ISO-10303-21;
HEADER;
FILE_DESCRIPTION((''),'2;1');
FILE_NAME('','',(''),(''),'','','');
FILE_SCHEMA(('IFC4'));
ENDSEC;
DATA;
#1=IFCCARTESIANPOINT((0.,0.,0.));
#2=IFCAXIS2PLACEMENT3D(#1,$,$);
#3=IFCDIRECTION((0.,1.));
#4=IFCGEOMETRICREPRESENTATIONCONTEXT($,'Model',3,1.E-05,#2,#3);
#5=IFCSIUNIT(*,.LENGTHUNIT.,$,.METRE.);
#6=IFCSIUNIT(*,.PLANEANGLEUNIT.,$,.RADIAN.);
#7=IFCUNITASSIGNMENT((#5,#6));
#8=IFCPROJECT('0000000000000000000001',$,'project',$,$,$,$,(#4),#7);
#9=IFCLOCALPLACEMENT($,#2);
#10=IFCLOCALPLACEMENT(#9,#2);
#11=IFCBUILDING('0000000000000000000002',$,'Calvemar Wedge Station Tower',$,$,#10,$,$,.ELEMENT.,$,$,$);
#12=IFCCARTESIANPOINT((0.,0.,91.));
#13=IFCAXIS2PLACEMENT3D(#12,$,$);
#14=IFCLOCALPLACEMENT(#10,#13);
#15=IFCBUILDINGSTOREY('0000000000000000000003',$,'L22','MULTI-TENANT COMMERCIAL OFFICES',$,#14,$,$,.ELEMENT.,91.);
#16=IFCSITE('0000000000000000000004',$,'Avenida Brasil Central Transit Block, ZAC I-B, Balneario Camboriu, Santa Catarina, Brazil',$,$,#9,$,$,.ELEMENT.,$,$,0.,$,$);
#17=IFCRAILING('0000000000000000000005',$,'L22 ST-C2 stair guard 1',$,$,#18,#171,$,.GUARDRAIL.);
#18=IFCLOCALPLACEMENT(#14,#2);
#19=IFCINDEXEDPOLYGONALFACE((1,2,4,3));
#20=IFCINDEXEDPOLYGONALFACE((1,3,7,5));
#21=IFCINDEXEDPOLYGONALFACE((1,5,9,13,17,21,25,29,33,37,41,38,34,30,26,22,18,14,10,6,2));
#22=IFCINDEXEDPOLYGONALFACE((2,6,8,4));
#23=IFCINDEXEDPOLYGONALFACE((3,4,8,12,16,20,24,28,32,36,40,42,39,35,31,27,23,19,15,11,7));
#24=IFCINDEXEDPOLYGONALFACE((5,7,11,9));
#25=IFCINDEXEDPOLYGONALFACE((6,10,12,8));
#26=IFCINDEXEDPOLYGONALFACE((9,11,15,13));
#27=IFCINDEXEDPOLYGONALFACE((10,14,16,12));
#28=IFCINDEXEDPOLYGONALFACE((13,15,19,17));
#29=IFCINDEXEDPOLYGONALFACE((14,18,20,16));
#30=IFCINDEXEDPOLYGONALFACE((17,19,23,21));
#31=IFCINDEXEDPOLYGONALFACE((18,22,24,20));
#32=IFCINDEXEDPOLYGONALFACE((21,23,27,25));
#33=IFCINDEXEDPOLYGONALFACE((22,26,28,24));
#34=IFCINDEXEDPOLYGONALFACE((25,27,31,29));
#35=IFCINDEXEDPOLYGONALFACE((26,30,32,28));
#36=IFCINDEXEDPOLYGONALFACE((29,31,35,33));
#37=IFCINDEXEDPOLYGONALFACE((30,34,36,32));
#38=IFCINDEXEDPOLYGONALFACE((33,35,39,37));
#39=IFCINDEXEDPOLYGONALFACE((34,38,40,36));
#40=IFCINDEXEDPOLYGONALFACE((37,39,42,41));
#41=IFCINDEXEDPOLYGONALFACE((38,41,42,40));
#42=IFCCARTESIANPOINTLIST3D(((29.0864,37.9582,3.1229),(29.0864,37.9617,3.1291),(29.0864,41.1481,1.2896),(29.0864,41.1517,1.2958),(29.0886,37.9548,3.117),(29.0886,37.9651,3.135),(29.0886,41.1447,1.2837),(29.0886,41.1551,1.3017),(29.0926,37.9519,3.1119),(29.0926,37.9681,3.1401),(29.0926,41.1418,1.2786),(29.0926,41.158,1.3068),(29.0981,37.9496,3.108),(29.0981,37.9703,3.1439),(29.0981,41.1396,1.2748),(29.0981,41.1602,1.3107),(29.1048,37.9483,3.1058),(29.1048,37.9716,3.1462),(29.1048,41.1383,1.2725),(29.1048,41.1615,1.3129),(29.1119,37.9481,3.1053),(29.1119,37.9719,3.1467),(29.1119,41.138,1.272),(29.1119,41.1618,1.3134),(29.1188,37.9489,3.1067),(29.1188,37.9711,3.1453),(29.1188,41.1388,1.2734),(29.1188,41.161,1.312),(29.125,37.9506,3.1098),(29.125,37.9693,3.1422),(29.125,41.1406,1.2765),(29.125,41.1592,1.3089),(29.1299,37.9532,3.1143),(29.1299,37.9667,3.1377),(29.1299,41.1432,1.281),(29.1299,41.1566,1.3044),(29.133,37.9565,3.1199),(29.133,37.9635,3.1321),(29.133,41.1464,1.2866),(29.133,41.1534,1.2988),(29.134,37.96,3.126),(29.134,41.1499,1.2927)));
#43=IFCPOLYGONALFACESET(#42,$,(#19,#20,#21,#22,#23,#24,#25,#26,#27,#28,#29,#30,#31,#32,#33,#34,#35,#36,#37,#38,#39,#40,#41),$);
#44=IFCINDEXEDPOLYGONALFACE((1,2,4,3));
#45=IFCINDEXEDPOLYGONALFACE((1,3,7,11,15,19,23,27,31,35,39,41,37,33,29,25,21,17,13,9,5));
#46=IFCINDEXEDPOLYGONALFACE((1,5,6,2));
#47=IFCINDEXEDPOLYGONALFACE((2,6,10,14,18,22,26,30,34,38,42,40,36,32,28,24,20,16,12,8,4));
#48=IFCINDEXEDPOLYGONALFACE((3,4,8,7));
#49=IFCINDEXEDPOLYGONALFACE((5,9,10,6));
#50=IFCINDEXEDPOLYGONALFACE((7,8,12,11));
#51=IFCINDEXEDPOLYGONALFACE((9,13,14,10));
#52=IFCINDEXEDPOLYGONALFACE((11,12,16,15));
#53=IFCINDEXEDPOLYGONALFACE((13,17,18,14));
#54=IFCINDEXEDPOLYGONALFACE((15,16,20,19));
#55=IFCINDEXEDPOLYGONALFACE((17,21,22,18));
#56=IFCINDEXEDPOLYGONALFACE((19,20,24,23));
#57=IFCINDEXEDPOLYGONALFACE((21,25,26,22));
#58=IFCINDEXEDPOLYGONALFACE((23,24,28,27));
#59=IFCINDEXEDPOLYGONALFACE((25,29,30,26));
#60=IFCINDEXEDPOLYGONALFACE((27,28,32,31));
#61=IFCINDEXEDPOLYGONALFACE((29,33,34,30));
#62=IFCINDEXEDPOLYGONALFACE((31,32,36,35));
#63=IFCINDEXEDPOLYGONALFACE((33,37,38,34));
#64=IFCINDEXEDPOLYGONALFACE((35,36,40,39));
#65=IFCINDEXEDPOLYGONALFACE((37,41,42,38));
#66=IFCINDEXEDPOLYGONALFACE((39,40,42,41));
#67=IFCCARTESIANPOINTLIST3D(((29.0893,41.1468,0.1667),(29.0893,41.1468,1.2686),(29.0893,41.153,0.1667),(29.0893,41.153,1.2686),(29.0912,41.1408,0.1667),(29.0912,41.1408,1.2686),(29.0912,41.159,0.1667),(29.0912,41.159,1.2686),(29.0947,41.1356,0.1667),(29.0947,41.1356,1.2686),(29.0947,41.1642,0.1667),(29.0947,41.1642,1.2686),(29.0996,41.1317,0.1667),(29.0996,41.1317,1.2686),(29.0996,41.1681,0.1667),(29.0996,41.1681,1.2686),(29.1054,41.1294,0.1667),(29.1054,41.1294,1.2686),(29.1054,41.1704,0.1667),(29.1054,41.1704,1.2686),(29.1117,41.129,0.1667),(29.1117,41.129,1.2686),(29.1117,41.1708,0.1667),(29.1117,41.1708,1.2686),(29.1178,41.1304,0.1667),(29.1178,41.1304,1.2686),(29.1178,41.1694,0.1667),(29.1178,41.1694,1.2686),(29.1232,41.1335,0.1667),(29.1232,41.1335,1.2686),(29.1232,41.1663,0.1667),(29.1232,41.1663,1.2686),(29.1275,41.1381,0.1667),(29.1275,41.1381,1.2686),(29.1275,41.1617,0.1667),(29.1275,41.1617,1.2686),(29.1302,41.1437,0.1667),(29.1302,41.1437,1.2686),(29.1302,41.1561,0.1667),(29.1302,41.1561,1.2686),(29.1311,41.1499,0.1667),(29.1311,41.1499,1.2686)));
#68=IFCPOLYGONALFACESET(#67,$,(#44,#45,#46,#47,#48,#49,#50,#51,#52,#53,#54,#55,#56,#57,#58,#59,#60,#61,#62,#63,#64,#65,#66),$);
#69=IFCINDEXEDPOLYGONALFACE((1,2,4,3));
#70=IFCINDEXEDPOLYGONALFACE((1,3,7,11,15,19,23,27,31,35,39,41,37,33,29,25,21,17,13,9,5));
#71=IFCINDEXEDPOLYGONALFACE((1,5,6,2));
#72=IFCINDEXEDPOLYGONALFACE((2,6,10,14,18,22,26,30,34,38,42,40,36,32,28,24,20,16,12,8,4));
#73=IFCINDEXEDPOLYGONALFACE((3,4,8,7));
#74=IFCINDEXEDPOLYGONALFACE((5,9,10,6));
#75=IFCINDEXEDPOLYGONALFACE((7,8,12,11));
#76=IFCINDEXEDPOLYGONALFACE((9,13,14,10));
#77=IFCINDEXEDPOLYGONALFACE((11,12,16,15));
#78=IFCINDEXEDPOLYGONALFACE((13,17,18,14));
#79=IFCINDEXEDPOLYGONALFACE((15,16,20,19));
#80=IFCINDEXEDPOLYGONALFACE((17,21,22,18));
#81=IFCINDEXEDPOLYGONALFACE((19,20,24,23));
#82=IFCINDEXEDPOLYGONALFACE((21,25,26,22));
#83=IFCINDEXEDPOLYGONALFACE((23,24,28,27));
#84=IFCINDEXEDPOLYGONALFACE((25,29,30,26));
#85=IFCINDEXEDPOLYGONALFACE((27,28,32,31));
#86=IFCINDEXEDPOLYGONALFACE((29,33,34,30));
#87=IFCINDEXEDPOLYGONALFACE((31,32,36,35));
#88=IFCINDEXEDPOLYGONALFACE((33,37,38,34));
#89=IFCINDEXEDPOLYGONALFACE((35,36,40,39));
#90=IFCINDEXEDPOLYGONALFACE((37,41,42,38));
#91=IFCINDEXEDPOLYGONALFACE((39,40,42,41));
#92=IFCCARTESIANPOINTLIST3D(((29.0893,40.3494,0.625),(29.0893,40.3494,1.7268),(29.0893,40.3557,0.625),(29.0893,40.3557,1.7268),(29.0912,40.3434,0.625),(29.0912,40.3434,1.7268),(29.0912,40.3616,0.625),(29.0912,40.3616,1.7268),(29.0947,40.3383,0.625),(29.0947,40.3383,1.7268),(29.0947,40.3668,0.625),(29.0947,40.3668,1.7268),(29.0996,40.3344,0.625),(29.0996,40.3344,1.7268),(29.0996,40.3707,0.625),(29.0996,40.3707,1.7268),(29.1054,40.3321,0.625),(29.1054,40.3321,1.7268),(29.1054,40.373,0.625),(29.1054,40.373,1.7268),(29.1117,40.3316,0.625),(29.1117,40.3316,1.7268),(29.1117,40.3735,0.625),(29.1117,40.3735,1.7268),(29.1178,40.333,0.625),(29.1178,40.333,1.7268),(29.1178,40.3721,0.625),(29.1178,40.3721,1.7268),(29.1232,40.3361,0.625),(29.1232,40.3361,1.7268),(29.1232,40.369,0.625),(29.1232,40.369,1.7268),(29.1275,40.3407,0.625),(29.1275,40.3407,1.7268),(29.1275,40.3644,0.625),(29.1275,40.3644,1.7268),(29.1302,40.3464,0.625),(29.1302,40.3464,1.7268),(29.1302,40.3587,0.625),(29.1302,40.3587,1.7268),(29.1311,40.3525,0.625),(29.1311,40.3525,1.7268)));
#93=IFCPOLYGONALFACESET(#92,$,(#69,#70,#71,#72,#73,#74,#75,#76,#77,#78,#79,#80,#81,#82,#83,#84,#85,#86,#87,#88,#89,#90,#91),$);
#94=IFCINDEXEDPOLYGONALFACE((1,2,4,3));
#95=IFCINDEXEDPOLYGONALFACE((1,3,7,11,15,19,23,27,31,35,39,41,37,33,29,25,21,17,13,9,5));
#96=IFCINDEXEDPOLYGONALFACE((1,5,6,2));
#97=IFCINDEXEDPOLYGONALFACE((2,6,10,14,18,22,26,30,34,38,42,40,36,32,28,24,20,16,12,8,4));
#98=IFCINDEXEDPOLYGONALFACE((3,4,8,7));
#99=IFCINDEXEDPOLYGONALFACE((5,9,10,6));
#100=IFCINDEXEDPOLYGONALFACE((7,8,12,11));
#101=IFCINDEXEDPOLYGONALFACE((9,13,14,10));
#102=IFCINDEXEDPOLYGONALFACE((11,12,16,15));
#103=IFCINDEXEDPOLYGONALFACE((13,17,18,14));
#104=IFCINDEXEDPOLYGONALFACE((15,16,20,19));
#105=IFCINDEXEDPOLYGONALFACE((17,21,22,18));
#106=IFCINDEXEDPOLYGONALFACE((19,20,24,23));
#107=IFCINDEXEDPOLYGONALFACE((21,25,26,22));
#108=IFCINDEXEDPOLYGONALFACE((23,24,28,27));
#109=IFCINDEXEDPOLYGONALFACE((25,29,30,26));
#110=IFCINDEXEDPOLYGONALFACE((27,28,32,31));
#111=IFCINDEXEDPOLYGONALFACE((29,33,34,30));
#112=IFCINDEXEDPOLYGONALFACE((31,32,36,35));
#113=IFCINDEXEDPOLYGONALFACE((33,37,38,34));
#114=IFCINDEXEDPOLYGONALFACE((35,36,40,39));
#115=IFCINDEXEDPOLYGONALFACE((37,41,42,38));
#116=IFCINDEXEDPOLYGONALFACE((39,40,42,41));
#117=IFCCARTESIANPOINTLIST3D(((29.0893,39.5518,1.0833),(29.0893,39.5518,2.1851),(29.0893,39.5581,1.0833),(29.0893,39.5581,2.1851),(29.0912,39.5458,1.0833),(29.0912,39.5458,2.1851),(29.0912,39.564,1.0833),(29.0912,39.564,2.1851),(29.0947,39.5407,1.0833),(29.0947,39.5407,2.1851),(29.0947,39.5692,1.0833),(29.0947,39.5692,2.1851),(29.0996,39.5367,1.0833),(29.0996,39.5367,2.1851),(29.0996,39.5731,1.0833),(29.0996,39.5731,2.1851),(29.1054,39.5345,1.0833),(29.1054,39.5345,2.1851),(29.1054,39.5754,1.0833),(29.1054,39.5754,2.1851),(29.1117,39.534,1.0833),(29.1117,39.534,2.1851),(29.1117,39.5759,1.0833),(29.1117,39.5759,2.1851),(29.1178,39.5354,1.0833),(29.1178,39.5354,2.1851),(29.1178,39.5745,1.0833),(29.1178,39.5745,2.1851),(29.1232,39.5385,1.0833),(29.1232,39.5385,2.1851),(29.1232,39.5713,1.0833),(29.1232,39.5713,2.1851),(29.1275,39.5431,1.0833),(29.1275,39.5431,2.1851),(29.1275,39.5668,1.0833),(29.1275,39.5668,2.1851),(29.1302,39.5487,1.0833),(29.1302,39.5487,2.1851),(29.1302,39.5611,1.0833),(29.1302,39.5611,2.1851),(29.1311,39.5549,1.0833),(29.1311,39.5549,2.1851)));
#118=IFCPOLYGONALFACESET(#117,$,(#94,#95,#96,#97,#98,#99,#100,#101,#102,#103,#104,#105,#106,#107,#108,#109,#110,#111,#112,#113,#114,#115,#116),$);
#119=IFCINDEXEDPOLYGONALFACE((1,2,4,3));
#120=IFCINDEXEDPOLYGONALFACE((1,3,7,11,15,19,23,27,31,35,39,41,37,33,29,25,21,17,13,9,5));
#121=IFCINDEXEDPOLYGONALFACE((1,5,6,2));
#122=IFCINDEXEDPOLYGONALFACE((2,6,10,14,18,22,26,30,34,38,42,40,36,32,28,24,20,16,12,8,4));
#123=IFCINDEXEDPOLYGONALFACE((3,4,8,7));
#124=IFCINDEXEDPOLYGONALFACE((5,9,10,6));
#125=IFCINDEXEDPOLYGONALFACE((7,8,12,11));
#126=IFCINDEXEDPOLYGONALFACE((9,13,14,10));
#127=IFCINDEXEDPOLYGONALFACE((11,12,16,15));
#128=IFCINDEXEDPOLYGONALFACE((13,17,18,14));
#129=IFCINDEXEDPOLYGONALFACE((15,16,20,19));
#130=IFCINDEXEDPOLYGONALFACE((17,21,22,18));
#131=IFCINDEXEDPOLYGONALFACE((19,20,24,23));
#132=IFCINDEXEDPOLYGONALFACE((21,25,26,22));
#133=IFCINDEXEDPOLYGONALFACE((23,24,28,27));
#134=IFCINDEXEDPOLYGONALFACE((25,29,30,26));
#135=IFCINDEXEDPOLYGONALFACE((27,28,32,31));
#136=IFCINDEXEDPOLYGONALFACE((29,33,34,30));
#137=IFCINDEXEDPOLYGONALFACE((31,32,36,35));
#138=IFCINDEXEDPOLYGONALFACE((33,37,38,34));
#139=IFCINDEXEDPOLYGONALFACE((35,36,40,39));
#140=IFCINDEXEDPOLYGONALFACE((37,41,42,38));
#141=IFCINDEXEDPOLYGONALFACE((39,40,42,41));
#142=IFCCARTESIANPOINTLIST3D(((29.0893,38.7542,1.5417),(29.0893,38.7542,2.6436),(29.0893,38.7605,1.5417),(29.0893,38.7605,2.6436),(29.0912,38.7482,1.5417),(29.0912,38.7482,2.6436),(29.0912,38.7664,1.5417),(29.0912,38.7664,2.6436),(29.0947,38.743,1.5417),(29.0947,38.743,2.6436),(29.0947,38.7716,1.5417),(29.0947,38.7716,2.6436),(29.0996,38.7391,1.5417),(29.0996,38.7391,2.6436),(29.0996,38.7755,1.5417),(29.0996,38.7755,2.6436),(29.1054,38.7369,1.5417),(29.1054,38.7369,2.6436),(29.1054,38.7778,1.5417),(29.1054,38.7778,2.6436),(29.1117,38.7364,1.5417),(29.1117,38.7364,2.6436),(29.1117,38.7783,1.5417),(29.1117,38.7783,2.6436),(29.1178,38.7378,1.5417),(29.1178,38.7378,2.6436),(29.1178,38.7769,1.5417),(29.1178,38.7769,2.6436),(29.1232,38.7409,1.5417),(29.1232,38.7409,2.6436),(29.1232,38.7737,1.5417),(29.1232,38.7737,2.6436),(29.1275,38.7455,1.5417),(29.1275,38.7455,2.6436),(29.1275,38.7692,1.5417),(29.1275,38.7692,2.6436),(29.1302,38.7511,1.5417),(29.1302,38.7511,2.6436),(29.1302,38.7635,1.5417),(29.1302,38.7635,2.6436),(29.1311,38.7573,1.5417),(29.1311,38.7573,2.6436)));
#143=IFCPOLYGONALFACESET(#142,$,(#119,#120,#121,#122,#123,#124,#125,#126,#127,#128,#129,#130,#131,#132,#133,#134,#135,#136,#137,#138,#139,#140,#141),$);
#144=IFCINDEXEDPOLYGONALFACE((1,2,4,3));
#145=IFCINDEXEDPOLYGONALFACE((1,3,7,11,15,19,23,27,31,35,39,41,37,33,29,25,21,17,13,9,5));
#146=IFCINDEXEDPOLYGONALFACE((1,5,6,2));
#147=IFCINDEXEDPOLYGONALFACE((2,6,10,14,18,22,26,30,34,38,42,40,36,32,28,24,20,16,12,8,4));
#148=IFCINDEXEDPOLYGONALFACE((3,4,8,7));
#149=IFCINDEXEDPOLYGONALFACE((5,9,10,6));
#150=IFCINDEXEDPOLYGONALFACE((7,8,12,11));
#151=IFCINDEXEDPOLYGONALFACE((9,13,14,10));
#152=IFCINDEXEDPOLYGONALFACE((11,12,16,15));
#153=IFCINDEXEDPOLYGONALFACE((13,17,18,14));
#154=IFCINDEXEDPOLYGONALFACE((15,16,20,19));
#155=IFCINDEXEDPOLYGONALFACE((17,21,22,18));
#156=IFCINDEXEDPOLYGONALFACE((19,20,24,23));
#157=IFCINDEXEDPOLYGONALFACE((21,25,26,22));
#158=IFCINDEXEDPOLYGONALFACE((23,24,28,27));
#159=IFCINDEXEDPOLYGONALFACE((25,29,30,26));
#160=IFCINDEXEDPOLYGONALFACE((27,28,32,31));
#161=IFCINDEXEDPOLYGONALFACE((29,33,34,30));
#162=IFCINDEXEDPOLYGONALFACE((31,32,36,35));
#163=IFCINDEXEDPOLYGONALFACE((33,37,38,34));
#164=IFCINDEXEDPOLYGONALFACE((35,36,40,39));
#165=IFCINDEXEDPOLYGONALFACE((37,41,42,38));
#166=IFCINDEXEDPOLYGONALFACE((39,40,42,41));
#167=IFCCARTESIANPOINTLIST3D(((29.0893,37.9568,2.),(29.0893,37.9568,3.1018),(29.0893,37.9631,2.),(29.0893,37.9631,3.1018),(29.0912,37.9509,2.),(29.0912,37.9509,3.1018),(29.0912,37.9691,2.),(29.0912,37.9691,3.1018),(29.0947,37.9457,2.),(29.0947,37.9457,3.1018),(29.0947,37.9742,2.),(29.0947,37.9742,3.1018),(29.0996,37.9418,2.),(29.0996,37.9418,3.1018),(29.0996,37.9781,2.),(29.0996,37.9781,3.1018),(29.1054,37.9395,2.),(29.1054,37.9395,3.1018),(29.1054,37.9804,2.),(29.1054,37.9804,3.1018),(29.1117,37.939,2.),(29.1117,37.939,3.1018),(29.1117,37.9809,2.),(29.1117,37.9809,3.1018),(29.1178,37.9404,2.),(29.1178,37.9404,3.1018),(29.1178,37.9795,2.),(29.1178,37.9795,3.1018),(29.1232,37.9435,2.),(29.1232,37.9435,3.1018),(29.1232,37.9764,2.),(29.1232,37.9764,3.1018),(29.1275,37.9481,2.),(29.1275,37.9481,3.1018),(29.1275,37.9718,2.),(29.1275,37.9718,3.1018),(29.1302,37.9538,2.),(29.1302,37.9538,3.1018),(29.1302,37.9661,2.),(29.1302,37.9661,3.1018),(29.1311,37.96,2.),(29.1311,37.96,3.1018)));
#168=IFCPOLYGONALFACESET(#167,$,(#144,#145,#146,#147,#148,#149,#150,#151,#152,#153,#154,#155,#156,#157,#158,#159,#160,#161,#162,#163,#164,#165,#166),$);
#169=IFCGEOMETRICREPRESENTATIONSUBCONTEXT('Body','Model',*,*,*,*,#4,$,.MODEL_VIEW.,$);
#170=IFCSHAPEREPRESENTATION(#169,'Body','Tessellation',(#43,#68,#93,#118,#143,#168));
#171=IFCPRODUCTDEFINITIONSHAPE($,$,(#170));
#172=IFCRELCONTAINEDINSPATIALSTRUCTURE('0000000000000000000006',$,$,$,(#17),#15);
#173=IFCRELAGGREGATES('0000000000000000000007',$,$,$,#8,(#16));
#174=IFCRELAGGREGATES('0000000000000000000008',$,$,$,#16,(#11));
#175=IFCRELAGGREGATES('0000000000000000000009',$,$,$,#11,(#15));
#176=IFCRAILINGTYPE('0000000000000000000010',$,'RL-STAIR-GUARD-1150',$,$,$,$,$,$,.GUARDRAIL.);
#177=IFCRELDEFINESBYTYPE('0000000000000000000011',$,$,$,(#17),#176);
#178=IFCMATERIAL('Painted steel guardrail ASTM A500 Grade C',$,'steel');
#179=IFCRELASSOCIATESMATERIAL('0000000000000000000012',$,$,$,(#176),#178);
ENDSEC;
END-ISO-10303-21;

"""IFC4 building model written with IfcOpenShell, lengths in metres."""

from ifc_helpers import new_model, si_unit, direction, frame, origin, origin_2d, place, context, subcontext, project, spatial, circle, extrude, material, type_object, element, save


model = new_model("IFC4")

# Units and contexts
model_context = context("Model", 3, precision=1e-05, world=origin(), true_north=direction((0.0, 1.0)))
body_context = subcontext(model_context, "Body", "Model", "MODEL_VIEW")
ifc_project = project(units=[si_unit("LENGTHUNIT", "METRE"), si_unit("PLANEANGLEUNIT", "RADIAN")], contexts=[model_context])

# Site, building, storey
site_placement = place(None, origin())
site = spatial("IfcSite", under=ifc_project, at=site_placement, Name="Avenida Brasil Central Transit Block, ZAC I-B, Balneario Camboriu, Santa Catarina, Brazil", CompositionType="ELEMENT", RefElevation=0.0)
building_placement = place(site_placement, origin())
building = spatial("IfcBuilding", under=site, at=building_placement, Name="Calvemar Wedge Station Tower", CompositionType="ELEMENT")
storey_placement = place(building_placement, frame((0.0, 0.0, 91.0)))
storey = spatial("IfcBuildingStorey", under=building, at=storey_placement, Name="L22", Description="MULTI-TENANT COMMERCIAL OFFICES", CompositionType="ELEMENT", Elevation=91.0)

# Railing
ifc_material_1 = material(Name="Painted steel guardrail ASTM A500 Grade C", Category="steel")
railing_type_1 = type_object("IfcRailingType", Name="RL-STAIR-GUARD-1150", PredefinedType="GUARDRAIL", material=ifc_material_1)
railing_1_placement = place(storey_placement, frame((29.1101, 41.1499, 0.1667)))
element("IfcRailing", 1, at=railing_1_placement, inside=storey, type_object=railing_type_1, Name="L22 ST-C2 stair guard 1", PredefinedType="GUARDRAIL", context=body_context, shape_type="SweptSolid", body=[
    extrude(circle(Radius=0.0239, at=origin_2d()), frame((0.0, 0.0, 1.126), z_axis=(0.0, -0.86702, 0.498274), x_axis=(1.0, 0.0, 0.0)), (0.0, 0.0, 1.0), 3.6792),
    extrude(circle(Radius=0.021, at=origin_2d()), origin(), (0.0, 0.0, 1.0), 1.1018),
    extrude(circle(Radius=0.021, at=origin_2d()), frame((0.0, -0.7974, 0.4583)), (0.0, 0.0, 1.0), 1.1018),
    extrude(circle(Radius=0.021, at=origin_2d()), frame((0.0, -1.595, 0.9165)), (0.0, 0.0, 1.0), 1.1018),
    extrude(circle(Radius=0.021, at=origin_2d()), frame((0.0, -2.3926, 1.375)), (0.0, 0.0, 1.0), 1.1018),
    extrude(circle(Radius=0.021, at=origin_2d()), frame((0.0, -3.1899, 1.8333)), (0.0, 0.0, 1.0), 1.1018),
])

save(model, "model.ifc")
